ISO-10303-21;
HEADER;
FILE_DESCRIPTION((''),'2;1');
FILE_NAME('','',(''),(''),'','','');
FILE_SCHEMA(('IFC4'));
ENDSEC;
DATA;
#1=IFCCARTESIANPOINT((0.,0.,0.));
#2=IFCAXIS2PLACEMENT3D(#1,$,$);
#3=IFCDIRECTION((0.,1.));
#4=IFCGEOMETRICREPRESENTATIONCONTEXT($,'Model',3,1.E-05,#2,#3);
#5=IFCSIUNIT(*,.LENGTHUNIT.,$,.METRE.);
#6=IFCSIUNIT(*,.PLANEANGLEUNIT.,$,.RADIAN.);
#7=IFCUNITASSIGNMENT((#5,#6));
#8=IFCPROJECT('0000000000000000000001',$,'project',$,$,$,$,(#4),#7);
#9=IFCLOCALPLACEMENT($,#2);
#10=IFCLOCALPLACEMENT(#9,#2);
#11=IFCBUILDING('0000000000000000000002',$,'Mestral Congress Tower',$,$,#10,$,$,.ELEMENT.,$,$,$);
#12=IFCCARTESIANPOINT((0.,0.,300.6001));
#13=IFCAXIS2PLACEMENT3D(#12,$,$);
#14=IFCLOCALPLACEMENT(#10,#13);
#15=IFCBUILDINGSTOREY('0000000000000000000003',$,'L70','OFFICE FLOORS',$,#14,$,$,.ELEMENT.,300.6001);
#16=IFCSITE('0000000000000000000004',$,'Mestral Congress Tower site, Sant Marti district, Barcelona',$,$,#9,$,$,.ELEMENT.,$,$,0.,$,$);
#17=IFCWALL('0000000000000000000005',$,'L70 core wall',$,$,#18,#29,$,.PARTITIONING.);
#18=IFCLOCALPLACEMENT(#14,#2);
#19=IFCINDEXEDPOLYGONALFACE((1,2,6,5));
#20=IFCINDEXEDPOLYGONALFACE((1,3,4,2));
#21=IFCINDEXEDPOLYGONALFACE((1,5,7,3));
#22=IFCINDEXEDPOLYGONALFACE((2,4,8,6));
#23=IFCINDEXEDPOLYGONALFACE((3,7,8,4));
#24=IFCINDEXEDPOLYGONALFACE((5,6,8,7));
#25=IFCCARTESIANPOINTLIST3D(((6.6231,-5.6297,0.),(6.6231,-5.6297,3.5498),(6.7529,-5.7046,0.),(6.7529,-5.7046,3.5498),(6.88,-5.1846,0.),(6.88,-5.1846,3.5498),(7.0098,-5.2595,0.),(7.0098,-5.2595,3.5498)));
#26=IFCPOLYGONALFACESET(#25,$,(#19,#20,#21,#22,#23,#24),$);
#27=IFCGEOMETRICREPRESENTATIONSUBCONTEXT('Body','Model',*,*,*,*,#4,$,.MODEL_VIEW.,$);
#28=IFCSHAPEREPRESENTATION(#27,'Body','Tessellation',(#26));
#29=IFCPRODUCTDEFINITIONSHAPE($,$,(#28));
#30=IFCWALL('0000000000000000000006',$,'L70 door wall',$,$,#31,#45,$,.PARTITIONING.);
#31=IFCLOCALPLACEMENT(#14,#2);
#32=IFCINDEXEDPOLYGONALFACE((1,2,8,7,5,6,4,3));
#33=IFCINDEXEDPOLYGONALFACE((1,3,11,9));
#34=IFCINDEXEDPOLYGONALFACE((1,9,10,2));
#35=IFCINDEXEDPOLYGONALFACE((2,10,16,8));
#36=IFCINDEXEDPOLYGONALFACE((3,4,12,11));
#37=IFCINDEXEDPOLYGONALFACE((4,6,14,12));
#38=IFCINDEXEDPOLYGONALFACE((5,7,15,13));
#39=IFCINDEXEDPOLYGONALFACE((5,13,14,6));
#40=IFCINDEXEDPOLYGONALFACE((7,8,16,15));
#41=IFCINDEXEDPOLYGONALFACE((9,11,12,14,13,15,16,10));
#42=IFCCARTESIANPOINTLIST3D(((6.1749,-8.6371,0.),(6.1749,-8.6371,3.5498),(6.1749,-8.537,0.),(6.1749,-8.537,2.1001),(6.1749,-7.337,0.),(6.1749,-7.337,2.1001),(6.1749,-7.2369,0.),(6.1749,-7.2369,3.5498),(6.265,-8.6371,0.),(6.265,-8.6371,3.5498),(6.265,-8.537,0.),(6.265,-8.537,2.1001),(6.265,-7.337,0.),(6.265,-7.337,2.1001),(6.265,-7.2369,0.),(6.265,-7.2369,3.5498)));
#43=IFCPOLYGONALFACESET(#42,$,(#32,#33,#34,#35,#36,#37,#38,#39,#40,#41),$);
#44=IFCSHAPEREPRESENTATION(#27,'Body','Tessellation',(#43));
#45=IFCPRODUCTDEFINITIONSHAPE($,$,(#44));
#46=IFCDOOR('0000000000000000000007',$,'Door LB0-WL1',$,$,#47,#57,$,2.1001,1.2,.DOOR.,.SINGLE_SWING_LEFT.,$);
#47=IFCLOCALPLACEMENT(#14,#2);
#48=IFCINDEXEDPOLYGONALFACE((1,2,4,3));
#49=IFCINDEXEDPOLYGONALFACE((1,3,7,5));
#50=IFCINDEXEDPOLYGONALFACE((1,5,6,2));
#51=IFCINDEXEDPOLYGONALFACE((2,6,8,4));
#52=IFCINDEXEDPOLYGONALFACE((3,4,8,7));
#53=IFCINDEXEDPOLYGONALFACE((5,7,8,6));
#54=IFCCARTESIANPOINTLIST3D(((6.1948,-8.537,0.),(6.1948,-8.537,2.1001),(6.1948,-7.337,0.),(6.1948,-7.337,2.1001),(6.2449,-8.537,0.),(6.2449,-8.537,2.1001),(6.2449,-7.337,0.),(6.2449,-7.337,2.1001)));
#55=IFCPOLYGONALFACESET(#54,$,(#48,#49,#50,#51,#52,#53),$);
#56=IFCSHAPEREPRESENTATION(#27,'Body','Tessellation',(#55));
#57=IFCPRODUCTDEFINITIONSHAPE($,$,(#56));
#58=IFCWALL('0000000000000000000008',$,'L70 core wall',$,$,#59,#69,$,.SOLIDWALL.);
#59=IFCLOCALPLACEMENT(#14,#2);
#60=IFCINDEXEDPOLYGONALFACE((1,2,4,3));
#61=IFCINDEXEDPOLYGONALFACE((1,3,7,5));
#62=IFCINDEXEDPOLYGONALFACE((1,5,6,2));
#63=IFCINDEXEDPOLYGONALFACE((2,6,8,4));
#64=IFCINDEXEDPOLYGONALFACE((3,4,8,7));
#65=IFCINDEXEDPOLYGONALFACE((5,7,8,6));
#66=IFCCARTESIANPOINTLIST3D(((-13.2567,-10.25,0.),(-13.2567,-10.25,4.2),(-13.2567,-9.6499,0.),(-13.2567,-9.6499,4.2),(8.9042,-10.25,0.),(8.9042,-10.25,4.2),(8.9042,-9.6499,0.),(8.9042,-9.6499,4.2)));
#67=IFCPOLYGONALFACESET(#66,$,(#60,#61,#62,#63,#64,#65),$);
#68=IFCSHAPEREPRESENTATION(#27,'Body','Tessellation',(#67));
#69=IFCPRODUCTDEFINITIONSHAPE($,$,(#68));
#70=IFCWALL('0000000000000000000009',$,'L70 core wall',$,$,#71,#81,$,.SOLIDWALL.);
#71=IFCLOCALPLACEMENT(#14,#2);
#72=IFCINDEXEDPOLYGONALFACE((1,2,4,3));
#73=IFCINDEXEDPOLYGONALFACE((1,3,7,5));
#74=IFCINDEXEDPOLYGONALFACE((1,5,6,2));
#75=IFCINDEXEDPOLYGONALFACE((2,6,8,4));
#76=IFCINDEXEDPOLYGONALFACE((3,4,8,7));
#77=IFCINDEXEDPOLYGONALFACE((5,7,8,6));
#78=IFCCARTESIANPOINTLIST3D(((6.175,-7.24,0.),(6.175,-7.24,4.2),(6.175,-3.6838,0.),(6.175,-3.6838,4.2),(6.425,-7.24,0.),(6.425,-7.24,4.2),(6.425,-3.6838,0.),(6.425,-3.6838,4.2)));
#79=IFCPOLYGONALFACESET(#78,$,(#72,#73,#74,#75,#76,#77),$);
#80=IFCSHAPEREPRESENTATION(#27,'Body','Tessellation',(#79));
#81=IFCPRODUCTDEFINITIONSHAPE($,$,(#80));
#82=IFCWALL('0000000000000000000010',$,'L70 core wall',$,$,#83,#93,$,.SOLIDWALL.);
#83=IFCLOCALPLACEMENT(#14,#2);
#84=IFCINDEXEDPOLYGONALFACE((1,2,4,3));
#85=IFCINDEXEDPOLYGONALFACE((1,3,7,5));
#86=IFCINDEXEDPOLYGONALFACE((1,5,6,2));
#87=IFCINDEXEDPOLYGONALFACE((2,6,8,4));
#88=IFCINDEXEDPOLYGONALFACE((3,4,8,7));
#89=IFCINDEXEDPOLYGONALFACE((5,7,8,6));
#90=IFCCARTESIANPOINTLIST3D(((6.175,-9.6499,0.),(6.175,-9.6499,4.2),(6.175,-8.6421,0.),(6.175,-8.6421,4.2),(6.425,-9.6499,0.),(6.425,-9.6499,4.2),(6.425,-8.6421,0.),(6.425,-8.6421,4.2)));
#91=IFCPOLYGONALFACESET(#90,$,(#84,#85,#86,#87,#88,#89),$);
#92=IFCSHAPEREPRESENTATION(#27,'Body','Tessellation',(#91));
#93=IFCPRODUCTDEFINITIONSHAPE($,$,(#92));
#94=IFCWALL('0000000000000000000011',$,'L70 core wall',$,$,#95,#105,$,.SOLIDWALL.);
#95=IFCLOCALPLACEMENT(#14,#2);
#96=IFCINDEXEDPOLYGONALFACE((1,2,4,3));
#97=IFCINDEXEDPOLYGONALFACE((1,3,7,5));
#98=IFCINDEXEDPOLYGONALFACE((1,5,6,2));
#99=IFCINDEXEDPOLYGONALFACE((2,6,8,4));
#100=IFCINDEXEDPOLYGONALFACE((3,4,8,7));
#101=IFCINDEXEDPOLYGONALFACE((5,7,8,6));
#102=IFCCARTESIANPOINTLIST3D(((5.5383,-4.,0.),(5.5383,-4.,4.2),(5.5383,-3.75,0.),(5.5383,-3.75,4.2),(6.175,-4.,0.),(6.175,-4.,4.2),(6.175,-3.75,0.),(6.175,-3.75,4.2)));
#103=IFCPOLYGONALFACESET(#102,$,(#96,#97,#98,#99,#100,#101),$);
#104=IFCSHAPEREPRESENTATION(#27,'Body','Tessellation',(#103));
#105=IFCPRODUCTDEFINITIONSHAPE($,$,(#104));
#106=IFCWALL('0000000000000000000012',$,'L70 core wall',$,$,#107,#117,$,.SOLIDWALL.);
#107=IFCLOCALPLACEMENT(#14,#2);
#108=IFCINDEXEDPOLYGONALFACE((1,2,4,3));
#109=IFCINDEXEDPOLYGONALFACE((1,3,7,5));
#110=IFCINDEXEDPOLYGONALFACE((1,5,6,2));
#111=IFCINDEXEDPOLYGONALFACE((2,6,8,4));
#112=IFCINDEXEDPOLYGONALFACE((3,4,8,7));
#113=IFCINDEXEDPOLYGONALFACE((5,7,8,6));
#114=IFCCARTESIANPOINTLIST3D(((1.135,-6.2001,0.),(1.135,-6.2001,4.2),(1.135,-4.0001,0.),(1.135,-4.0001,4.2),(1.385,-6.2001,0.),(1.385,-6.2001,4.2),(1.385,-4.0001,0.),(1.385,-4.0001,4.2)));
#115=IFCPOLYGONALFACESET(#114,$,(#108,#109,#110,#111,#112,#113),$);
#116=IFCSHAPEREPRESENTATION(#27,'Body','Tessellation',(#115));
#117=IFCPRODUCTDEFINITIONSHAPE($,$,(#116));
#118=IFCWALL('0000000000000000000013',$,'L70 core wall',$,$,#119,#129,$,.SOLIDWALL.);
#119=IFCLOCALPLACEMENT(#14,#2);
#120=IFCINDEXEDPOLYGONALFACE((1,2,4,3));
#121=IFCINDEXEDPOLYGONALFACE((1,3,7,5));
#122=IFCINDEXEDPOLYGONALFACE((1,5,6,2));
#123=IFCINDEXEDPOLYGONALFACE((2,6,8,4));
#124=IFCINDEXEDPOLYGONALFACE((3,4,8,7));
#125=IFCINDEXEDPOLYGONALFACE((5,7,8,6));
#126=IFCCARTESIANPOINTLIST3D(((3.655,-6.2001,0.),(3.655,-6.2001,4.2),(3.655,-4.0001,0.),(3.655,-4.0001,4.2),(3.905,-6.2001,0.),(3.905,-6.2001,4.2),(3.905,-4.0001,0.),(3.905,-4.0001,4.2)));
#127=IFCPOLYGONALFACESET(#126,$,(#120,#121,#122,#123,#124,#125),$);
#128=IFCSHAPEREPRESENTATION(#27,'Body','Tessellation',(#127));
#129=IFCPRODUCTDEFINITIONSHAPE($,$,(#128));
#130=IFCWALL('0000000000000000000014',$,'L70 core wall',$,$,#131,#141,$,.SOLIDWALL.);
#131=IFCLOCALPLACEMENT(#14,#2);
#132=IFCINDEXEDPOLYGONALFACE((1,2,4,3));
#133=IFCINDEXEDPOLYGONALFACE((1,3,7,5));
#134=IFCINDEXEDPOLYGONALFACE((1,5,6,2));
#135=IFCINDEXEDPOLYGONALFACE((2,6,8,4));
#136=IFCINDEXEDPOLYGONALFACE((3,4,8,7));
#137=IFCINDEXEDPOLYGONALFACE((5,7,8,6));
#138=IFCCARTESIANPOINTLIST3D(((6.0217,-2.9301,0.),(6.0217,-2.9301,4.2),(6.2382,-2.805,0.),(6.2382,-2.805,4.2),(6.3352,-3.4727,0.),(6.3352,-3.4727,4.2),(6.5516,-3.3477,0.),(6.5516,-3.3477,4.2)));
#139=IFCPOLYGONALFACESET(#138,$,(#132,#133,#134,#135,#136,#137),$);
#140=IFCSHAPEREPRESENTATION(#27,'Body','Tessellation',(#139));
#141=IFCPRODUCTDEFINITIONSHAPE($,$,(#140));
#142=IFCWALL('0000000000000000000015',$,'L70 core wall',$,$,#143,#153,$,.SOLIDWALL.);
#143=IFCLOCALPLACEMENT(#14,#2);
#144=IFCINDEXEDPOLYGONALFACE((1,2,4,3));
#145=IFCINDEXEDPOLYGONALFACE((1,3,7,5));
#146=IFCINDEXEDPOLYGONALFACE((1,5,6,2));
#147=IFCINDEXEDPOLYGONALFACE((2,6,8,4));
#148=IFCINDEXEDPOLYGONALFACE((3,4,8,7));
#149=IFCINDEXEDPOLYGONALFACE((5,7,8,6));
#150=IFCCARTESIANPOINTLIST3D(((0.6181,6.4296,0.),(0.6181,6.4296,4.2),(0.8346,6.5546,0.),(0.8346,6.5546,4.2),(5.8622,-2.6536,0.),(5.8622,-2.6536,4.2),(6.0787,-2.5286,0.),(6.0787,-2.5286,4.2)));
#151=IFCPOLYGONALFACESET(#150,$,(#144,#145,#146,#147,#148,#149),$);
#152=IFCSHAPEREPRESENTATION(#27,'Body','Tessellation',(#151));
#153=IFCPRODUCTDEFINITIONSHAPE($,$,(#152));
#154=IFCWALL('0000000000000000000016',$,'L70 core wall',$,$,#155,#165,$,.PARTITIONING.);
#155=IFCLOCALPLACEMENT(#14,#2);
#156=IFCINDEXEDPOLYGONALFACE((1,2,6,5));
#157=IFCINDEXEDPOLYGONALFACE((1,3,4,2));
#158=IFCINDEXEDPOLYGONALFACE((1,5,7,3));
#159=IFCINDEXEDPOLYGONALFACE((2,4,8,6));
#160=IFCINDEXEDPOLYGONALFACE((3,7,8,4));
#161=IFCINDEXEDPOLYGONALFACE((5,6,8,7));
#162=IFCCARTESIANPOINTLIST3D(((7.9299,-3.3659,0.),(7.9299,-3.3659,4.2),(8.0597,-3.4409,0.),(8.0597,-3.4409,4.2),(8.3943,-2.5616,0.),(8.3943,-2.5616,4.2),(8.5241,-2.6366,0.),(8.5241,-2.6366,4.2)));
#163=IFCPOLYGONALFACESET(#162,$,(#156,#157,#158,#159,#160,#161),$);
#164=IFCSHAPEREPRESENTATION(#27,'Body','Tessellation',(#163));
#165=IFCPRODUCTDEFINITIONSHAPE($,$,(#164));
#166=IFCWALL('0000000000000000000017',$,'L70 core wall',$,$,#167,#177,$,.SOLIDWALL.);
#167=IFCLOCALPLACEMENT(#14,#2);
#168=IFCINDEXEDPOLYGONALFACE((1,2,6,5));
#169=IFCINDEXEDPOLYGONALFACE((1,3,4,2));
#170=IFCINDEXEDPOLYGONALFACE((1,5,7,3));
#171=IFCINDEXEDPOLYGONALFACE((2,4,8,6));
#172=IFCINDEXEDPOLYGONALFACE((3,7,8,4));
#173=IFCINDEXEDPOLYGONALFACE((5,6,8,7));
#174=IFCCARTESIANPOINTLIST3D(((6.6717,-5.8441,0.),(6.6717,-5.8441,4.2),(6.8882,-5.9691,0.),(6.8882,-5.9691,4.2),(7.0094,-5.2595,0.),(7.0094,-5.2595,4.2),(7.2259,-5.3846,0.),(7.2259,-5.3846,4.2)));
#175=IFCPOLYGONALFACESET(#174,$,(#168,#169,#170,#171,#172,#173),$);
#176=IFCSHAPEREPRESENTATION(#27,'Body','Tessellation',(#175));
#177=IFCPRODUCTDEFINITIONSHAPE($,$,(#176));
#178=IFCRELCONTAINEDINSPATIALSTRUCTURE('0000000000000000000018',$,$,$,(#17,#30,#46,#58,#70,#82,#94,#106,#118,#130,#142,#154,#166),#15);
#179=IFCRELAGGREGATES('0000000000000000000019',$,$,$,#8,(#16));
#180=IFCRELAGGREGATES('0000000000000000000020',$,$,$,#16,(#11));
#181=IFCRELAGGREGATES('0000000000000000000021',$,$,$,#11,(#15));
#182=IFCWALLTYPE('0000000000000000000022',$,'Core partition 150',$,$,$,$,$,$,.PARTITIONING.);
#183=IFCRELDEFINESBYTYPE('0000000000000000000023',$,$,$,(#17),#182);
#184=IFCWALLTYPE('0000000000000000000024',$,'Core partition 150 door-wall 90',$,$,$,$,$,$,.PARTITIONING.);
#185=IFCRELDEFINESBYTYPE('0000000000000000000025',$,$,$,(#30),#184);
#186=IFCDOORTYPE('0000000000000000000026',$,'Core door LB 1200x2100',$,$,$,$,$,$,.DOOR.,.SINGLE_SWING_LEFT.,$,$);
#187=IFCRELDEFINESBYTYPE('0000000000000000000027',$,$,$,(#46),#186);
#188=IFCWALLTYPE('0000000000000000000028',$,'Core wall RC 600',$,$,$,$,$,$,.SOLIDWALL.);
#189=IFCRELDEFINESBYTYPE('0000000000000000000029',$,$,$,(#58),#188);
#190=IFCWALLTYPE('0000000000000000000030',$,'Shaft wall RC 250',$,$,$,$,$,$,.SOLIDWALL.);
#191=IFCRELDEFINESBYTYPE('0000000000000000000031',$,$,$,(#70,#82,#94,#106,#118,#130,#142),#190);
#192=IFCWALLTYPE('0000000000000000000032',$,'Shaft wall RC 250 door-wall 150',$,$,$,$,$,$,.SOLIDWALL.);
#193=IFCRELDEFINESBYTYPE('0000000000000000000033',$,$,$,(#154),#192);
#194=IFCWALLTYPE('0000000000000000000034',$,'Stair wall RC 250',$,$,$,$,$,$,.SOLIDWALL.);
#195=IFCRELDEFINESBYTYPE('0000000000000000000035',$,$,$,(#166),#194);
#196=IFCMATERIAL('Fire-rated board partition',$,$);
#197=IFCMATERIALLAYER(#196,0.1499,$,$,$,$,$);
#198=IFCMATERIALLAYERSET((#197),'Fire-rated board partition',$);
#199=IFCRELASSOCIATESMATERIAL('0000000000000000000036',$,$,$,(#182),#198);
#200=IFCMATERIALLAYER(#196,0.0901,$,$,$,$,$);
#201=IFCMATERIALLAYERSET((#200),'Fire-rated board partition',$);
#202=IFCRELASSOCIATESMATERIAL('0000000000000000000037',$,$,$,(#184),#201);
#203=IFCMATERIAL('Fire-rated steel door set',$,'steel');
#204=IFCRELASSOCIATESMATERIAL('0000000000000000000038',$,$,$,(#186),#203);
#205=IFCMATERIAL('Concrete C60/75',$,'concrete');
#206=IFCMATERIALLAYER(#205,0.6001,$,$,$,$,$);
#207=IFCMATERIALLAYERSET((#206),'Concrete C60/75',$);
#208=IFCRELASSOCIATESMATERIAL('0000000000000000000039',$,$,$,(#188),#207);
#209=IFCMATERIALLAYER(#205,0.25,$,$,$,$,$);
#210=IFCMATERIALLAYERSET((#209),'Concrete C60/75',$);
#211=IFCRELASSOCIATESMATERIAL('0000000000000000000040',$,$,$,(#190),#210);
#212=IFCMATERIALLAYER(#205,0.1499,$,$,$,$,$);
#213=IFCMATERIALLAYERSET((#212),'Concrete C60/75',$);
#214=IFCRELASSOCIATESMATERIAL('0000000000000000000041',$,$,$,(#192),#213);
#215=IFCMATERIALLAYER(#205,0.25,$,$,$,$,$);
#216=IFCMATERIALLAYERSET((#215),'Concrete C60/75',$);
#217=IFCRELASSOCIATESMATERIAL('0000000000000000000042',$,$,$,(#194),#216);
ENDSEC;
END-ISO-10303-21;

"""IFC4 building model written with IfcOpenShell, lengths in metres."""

from ifc_helpers import new_model, si_unit, direction, frame, frame_2d, origin, place, context, subcontext, project, spatial, rectangle, extrude, material, layer, layer_set, type_object, element, fill, save


model = new_model("IFC4")

# Units and contexts
model_context = context("Model", 3, precision=1e-05, world=origin(), true_north=direction((0.0, 1.0)))
body_context = subcontext(model_context, "Body", "Model", "MODEL_VIEW")
ifc_project = project(units=[si_unit("LENGTHUNIT", "METRE"), si_unit("PLANEANGLEUNIT", "RADIAN")], contexts=[model_context])

# Site, building, storey
site_placement = place(None, origin())
site = spatial("IfcSite", under=ifc_project, at=site_placement, Name="Mestral Congress Tower site, Sant Marti district, Barcelona", CompositionType="ELEMENT", RefElevation=0.0)
building_placement = place(site_placement, origin())
building = spatial("IfcBuilding", under=site, at=building_placement, Name="Mestral Congress Tower", CompositionType="ELEMENT")
storey_placement = place(building_placement, frame((0.0, 0.0, 300.6001)))
storey = spatial("IfcBuildingStorey", under=building, at=storey_placement, Name="L70", Description="OFFICE FLOORS", CompositionType="ELEMENT", Elevation=300.6001)

# Wall
ifc_material_1 = material(Name="Fire-rated board partition")
ifc_layer_1 = layer(ifc_material_1, 0.1499)
ifc_layer_set_1 = layer_set([ifc_layer_1], Name="Fire-rated board partition")
wall_type_1 = type_object("IfcWallType", Name="Core partition 150", PredefinedType="PARTITIONING", material=ifc_layer_set_1)
wall_1_placement = place(storey_placement, frame((6.9448, -5.2222, 0.0), z_axis=(0.0, 0.0, 1.0), x_axis=(-0.499818, -0.86613, 0.0)))
element("IfcWall", 1, at=wall_1_placement, inside=storey, type_object=wall_type_1, Name="L70 core wall", PredefinedType="PARTITIONING", context=body_context, shape_type="SweptSolid", body=[
    extrude(rectangle(XDim=0.5139, YDim=0.1499, at=frame_2d((0.2568, 0.0))), origin(), (0.0, 0.0, 1.0), 3.5498),
])

# Wall, opening, door
ifc_layer_2 = layer(ifc_material_1, 0.0901)
ifc_layer_set_2 = layer_set([ifc_layer_2], Name="Fire-rated board partition")
wall_type_2 = type_object("IfcWallType", Name="Core partition 150 door-wall 90", PredefinedType="PARTITIONING", material=ifc_layer_set_2)
wall_2_placement = place(storey_placement, frame((6.22, -7.2368, 0.0), z_axis=(0.0, 0.0, 1.0), x_axis=(0.0, -1.0, 0.0)))
wall_2 = element("IfcWall", 2, at=wall_2_placement, inside=storey, type_object=wall_type_2, Name="L70 door wall", PredefinedType="PARTITIONING", context=body_context, shape_type="SweptSolid", body=[
    extrude(rectangle(XDim=1.4001, YDim=0.0901, at=frame_2d((0.7002, 0.0))), origin(), (0.0, 0.0, 1.0), 3.5498),
])
opening_1_placement = place(wall_2_placement, frame((0.1001, 0.0, 0.0)))
opening_1 = element("IfcOpeningElement", 3, at=opening_1_placement, cuts=wall_2, PredefinedType="OPENING", context=body_context, shape_type="SweptSolid", body=[
    extrude(rectangle(XDim=1.2, YDim=2.1001, at=frame_2d((0.6001, 1.05))), frame((0.0, 0.0549, 0.0), z_axis=(0.0, -1.0, 0.0), x_axis=(1.0, 0.0, 0.0)), (0.0, 0.0, 1.0), 0.1101),
])
ifc_material_2 = material(Name="Fire-rated steel door set", Category="steel")
door_type_1 = type_object("IfcDoorType", Name="Core door LB 1200x2100", OperationType="SINGLE_SWING_LEFT", PredefinedType="DOOR", material=ifc_material_2)
door_1_placement = place(opening_1_placement, origin())
door_1 = element("IfcDoor", 4, at=door_1_placement, inside=storey, type_object=door_type_1, Name="Door LB0-WL1", OperationType="SINGLE_SWING_LEFT", OverallHeight=2.1001, OverallWidth=1.2, PredefinedType="DOOR", context=body_context, shape_type="SweptSolid", body=[
    extrude(rectangle(XDim=1.2, YDim=2.1001, at=frame_2d((0.6001, 1.05))), frame((0.0, 0.0249, 0.0), z_axis=(0.0, -1.0, 0.0), x_axis=(1.0, 0.0, 0.0)), (0.0, 0.0, 1.0), 0.05),
])
fill(opening_1, door_1)

# Walls
ifc_material_3 = material(Name="Concrete C60/75", Category="concrete")
ifc_layer_3 = layer(ifc_material_3, 0.6001)
ifc_layer_set_3 = layer_set([ifc_layer_3], Name="Concrete C60/75")
wall_type_3 = type_object("IfcWallType", Name="Core wall RC 600", PredefinedType="SOLIDWALL", material=ifc_layer_set_3)
wall_3_placement = place(storey_placement, frame((8.9043, -9.95, 0.0), z_axis=(0.0, 0.0, 1.0), x_axis=(-1.0, 0.0, 0.0)))
element("IfcWall", 5, at=wall_3_placement, inside=storey, type_object=wall_type_3, Name="L70 core wall", PredefinedType="SOLIDWALL", context=body_context, shape_type="SweptSolid", body=[
    extrude(rectangle(XDim=22.1609, YDim=0.6001, at=frame_2d((11.0806, 0.0))), origin(), (0.0, 0.0, 1.0), 4.2),
])
ifc_layer_4 = layer(ifc_material_3, 0.25)
ifc_layer_set_4 = layer_set([ifc_layer_4], Name="Concrete C60/75")
wall_type_4 = type_object("IfcWallType", Name="Shaft wall RC 250", PredefinedType="SOLIDWALL", material=ifc_layer_set_4)
wall_4_placement = place(storey_placement, frame((6.3, -7.24, 0.0), z_axis=(0.0, 0.0, 1.0), x_axis=(0.0, 1.0, 0.0)))
element("IfcWall", 6, at=wall_4_placement, inside=storey, type_object=wall_type_4, Name="L70 core wall", PredefinedType="SOLIDWALL", context=body_context, shape_type="SweptSolid", body=[
    extrude(rectangle(XDim=3.5562, YDim=0.25, at=frame_2d((1.7781, 0.0))), origin(), (0.0, 0.0, 1.0), 4.2),
])
wall_5_placement = place(storey_placement, frame((6.3, -9.6499, 0.0), z_axis=(0.0, 0.0, 1.0), x_axis=(0.0, 1.0, 0.0)))
element("IfcWall", 7, at=wall_5_placement, inside=storey, type_object=wall_type_4, Name="L70 core wall", PredefinedType="SOLIDWALL", context=body_context, shape_type="SweptSolid", body=[
    extrude(rectangle(XDim=1.0078, YDim=0.25, at=frame_2d((0.5039, 0.0))), origin(), (0.0, 0.0, 1.0), 4.2),
])
wall_6_placement = place(storey_placement, frame((5.5383, -3.875, 0.0), z_axis=(0.0, 0.0, 1.0), x_axis=(1.0, 0.0, 0.0)))
element("IfcWall", 8, at=wall_6_placement, inside=storey, type_object=wall_type_4, Name="L70 core wall", PredefinedType="SOLIDWALL", context=body_context, shape_type="SweptSolid", body=[
    extrude(rectangle(XDim=0.6367, YDim=0.25, at=frame_2d((0.3184, 0.0))), origin(), (0.0, 0.0, 1.0), 4.2),
])
for number, where, z_axis, x_axis, name in (
    (9, (1.26, -4.0, 0.0), (0.0, 0.0, 1.0), (0.0, -1.0, 0.0), "L70 core wall"),
    (10, (3.78, -4.0, 0.0), (0.0, 0.0, 1.0), (0.0, -1.0, 0.0), "L70 core wall"),
):
    element("IfcWall", number, at=place(storey_placement, frame(where, z_axis=z_axis, x_axis=x_axis)), inside=storey, type_object=wall_type_4, Name=name, PredefinedType="SOLIDWALL", context=body_context, shape_type="SweptSolid", body=[
        extrude(rectangle(XDim=2.2, YDim=0.25, at=frame_2d((1.1001, 0.0))), origin(), (0.0, 0.0, 1.0), 4.2),
    ])
wall_7_placement = place(storey_placement, frame((6.1299, -2.8674, 0.0), z_axis=(0.0, 0.0, 1.0), x_axis=(0.500161, -0.865933, 0.0)))
element("IfcWall", 11, at=wall_7_placement, inside=storey, type_object=wall_type_4, Name="L70 core wall", PredefinedType="SOLIDWALL", context=body_context, shape_type="SweptSolid", body=[
    extrude(rectangle(XDim=0.6267, YDim=0.25, at=frame_2d((0.3135, 0.0))), origin(), (0.0, 0.0, 1.0), 4.2),
])
wall_8_placement = place(storey_placement, frame((5.9705, -2.5911, 0.0), z_axis=(0.0, 0.0, 1.0), x_axis=(-0.499994, 0.866029, 0.0)))
element("IfcWall", 12, at=wall_8_placement, inside=storey, type_object=wall_type_4, Name="L70 core wall", PredefinedType="SOLIDWALL", context=body_context, shape_type="SweptSolid", body=[
    extrude(rectangle(XDim=10.4883, YDim=0.25, at=frame_2d((5.2441, 0.0))), origin(), (0.0, 0.0, 1.0), 4.2),
])
ifc_layer_5 = layer(ifc_material_3, 0.1499)
ifc_layer_set_5 = layer_set([ifc_layer_5], Name="Concrete C60/75")
wall_type_5 = type_object("IfcWallType", Name="Shaft wall RC 250 door-wall 150", PredefinedType="SOLIDWALL", material=ifc_layer_set_5)
wall_9_placement = place(storey_placement, frame((8.4592, -2.5991, 0.0), z_axis=(0.0, 0.0, 1.0), x_axis=(-0.500041, -0.866002, 0.0)))
element("IfcWall", 13, at=wall_9_placement, inside=storey, type_object=wall_type_5, Name="L70 core wall", PredefinedType="PARTITIONING", context=body_context, shape_type="SweptSolid", body=[
    extrude(rectangle(XDim=0.9287, YDim=0.1499, at=frame_2d((0.4644, 0.0))), origin(), (0.0, 0.0, 1.0), 4.2),
])
ifc_layer_6 = layer(ifc_material_3, 0.25)
ifc_layer_set_6 = layer_set([ifc_layer_6], Name="Concrete C60/75")
wall_type_6 = type_object("IfcWallType", Name="Stair wall RC 250", PredefinedType="SOLIDWALL", material=ifc_layer_set_6)
wall_10_placement = place(storey_placement, frame((6.78, -5.9065, 0.0), z_axis=(0.0, 0.0, 1.0), x_axis=(0.500223, 0.865896, 0.0)))
element("IfcWall", 14, at=wall_10_placement, inside=storey, type_object=wall_type_6, Name="L70 core wall", PredefinedType="SOLIDWALL", context=body_context, shape_type="SweptSolid", body=[
    extrude(rectangle(XDim=0.675, YDim=0.25, at=frame_2d((0.3374, 0.0))), origin(), (0.0, 0.0, 1.0), 4.2),
])

save(model, "model.ifc")
